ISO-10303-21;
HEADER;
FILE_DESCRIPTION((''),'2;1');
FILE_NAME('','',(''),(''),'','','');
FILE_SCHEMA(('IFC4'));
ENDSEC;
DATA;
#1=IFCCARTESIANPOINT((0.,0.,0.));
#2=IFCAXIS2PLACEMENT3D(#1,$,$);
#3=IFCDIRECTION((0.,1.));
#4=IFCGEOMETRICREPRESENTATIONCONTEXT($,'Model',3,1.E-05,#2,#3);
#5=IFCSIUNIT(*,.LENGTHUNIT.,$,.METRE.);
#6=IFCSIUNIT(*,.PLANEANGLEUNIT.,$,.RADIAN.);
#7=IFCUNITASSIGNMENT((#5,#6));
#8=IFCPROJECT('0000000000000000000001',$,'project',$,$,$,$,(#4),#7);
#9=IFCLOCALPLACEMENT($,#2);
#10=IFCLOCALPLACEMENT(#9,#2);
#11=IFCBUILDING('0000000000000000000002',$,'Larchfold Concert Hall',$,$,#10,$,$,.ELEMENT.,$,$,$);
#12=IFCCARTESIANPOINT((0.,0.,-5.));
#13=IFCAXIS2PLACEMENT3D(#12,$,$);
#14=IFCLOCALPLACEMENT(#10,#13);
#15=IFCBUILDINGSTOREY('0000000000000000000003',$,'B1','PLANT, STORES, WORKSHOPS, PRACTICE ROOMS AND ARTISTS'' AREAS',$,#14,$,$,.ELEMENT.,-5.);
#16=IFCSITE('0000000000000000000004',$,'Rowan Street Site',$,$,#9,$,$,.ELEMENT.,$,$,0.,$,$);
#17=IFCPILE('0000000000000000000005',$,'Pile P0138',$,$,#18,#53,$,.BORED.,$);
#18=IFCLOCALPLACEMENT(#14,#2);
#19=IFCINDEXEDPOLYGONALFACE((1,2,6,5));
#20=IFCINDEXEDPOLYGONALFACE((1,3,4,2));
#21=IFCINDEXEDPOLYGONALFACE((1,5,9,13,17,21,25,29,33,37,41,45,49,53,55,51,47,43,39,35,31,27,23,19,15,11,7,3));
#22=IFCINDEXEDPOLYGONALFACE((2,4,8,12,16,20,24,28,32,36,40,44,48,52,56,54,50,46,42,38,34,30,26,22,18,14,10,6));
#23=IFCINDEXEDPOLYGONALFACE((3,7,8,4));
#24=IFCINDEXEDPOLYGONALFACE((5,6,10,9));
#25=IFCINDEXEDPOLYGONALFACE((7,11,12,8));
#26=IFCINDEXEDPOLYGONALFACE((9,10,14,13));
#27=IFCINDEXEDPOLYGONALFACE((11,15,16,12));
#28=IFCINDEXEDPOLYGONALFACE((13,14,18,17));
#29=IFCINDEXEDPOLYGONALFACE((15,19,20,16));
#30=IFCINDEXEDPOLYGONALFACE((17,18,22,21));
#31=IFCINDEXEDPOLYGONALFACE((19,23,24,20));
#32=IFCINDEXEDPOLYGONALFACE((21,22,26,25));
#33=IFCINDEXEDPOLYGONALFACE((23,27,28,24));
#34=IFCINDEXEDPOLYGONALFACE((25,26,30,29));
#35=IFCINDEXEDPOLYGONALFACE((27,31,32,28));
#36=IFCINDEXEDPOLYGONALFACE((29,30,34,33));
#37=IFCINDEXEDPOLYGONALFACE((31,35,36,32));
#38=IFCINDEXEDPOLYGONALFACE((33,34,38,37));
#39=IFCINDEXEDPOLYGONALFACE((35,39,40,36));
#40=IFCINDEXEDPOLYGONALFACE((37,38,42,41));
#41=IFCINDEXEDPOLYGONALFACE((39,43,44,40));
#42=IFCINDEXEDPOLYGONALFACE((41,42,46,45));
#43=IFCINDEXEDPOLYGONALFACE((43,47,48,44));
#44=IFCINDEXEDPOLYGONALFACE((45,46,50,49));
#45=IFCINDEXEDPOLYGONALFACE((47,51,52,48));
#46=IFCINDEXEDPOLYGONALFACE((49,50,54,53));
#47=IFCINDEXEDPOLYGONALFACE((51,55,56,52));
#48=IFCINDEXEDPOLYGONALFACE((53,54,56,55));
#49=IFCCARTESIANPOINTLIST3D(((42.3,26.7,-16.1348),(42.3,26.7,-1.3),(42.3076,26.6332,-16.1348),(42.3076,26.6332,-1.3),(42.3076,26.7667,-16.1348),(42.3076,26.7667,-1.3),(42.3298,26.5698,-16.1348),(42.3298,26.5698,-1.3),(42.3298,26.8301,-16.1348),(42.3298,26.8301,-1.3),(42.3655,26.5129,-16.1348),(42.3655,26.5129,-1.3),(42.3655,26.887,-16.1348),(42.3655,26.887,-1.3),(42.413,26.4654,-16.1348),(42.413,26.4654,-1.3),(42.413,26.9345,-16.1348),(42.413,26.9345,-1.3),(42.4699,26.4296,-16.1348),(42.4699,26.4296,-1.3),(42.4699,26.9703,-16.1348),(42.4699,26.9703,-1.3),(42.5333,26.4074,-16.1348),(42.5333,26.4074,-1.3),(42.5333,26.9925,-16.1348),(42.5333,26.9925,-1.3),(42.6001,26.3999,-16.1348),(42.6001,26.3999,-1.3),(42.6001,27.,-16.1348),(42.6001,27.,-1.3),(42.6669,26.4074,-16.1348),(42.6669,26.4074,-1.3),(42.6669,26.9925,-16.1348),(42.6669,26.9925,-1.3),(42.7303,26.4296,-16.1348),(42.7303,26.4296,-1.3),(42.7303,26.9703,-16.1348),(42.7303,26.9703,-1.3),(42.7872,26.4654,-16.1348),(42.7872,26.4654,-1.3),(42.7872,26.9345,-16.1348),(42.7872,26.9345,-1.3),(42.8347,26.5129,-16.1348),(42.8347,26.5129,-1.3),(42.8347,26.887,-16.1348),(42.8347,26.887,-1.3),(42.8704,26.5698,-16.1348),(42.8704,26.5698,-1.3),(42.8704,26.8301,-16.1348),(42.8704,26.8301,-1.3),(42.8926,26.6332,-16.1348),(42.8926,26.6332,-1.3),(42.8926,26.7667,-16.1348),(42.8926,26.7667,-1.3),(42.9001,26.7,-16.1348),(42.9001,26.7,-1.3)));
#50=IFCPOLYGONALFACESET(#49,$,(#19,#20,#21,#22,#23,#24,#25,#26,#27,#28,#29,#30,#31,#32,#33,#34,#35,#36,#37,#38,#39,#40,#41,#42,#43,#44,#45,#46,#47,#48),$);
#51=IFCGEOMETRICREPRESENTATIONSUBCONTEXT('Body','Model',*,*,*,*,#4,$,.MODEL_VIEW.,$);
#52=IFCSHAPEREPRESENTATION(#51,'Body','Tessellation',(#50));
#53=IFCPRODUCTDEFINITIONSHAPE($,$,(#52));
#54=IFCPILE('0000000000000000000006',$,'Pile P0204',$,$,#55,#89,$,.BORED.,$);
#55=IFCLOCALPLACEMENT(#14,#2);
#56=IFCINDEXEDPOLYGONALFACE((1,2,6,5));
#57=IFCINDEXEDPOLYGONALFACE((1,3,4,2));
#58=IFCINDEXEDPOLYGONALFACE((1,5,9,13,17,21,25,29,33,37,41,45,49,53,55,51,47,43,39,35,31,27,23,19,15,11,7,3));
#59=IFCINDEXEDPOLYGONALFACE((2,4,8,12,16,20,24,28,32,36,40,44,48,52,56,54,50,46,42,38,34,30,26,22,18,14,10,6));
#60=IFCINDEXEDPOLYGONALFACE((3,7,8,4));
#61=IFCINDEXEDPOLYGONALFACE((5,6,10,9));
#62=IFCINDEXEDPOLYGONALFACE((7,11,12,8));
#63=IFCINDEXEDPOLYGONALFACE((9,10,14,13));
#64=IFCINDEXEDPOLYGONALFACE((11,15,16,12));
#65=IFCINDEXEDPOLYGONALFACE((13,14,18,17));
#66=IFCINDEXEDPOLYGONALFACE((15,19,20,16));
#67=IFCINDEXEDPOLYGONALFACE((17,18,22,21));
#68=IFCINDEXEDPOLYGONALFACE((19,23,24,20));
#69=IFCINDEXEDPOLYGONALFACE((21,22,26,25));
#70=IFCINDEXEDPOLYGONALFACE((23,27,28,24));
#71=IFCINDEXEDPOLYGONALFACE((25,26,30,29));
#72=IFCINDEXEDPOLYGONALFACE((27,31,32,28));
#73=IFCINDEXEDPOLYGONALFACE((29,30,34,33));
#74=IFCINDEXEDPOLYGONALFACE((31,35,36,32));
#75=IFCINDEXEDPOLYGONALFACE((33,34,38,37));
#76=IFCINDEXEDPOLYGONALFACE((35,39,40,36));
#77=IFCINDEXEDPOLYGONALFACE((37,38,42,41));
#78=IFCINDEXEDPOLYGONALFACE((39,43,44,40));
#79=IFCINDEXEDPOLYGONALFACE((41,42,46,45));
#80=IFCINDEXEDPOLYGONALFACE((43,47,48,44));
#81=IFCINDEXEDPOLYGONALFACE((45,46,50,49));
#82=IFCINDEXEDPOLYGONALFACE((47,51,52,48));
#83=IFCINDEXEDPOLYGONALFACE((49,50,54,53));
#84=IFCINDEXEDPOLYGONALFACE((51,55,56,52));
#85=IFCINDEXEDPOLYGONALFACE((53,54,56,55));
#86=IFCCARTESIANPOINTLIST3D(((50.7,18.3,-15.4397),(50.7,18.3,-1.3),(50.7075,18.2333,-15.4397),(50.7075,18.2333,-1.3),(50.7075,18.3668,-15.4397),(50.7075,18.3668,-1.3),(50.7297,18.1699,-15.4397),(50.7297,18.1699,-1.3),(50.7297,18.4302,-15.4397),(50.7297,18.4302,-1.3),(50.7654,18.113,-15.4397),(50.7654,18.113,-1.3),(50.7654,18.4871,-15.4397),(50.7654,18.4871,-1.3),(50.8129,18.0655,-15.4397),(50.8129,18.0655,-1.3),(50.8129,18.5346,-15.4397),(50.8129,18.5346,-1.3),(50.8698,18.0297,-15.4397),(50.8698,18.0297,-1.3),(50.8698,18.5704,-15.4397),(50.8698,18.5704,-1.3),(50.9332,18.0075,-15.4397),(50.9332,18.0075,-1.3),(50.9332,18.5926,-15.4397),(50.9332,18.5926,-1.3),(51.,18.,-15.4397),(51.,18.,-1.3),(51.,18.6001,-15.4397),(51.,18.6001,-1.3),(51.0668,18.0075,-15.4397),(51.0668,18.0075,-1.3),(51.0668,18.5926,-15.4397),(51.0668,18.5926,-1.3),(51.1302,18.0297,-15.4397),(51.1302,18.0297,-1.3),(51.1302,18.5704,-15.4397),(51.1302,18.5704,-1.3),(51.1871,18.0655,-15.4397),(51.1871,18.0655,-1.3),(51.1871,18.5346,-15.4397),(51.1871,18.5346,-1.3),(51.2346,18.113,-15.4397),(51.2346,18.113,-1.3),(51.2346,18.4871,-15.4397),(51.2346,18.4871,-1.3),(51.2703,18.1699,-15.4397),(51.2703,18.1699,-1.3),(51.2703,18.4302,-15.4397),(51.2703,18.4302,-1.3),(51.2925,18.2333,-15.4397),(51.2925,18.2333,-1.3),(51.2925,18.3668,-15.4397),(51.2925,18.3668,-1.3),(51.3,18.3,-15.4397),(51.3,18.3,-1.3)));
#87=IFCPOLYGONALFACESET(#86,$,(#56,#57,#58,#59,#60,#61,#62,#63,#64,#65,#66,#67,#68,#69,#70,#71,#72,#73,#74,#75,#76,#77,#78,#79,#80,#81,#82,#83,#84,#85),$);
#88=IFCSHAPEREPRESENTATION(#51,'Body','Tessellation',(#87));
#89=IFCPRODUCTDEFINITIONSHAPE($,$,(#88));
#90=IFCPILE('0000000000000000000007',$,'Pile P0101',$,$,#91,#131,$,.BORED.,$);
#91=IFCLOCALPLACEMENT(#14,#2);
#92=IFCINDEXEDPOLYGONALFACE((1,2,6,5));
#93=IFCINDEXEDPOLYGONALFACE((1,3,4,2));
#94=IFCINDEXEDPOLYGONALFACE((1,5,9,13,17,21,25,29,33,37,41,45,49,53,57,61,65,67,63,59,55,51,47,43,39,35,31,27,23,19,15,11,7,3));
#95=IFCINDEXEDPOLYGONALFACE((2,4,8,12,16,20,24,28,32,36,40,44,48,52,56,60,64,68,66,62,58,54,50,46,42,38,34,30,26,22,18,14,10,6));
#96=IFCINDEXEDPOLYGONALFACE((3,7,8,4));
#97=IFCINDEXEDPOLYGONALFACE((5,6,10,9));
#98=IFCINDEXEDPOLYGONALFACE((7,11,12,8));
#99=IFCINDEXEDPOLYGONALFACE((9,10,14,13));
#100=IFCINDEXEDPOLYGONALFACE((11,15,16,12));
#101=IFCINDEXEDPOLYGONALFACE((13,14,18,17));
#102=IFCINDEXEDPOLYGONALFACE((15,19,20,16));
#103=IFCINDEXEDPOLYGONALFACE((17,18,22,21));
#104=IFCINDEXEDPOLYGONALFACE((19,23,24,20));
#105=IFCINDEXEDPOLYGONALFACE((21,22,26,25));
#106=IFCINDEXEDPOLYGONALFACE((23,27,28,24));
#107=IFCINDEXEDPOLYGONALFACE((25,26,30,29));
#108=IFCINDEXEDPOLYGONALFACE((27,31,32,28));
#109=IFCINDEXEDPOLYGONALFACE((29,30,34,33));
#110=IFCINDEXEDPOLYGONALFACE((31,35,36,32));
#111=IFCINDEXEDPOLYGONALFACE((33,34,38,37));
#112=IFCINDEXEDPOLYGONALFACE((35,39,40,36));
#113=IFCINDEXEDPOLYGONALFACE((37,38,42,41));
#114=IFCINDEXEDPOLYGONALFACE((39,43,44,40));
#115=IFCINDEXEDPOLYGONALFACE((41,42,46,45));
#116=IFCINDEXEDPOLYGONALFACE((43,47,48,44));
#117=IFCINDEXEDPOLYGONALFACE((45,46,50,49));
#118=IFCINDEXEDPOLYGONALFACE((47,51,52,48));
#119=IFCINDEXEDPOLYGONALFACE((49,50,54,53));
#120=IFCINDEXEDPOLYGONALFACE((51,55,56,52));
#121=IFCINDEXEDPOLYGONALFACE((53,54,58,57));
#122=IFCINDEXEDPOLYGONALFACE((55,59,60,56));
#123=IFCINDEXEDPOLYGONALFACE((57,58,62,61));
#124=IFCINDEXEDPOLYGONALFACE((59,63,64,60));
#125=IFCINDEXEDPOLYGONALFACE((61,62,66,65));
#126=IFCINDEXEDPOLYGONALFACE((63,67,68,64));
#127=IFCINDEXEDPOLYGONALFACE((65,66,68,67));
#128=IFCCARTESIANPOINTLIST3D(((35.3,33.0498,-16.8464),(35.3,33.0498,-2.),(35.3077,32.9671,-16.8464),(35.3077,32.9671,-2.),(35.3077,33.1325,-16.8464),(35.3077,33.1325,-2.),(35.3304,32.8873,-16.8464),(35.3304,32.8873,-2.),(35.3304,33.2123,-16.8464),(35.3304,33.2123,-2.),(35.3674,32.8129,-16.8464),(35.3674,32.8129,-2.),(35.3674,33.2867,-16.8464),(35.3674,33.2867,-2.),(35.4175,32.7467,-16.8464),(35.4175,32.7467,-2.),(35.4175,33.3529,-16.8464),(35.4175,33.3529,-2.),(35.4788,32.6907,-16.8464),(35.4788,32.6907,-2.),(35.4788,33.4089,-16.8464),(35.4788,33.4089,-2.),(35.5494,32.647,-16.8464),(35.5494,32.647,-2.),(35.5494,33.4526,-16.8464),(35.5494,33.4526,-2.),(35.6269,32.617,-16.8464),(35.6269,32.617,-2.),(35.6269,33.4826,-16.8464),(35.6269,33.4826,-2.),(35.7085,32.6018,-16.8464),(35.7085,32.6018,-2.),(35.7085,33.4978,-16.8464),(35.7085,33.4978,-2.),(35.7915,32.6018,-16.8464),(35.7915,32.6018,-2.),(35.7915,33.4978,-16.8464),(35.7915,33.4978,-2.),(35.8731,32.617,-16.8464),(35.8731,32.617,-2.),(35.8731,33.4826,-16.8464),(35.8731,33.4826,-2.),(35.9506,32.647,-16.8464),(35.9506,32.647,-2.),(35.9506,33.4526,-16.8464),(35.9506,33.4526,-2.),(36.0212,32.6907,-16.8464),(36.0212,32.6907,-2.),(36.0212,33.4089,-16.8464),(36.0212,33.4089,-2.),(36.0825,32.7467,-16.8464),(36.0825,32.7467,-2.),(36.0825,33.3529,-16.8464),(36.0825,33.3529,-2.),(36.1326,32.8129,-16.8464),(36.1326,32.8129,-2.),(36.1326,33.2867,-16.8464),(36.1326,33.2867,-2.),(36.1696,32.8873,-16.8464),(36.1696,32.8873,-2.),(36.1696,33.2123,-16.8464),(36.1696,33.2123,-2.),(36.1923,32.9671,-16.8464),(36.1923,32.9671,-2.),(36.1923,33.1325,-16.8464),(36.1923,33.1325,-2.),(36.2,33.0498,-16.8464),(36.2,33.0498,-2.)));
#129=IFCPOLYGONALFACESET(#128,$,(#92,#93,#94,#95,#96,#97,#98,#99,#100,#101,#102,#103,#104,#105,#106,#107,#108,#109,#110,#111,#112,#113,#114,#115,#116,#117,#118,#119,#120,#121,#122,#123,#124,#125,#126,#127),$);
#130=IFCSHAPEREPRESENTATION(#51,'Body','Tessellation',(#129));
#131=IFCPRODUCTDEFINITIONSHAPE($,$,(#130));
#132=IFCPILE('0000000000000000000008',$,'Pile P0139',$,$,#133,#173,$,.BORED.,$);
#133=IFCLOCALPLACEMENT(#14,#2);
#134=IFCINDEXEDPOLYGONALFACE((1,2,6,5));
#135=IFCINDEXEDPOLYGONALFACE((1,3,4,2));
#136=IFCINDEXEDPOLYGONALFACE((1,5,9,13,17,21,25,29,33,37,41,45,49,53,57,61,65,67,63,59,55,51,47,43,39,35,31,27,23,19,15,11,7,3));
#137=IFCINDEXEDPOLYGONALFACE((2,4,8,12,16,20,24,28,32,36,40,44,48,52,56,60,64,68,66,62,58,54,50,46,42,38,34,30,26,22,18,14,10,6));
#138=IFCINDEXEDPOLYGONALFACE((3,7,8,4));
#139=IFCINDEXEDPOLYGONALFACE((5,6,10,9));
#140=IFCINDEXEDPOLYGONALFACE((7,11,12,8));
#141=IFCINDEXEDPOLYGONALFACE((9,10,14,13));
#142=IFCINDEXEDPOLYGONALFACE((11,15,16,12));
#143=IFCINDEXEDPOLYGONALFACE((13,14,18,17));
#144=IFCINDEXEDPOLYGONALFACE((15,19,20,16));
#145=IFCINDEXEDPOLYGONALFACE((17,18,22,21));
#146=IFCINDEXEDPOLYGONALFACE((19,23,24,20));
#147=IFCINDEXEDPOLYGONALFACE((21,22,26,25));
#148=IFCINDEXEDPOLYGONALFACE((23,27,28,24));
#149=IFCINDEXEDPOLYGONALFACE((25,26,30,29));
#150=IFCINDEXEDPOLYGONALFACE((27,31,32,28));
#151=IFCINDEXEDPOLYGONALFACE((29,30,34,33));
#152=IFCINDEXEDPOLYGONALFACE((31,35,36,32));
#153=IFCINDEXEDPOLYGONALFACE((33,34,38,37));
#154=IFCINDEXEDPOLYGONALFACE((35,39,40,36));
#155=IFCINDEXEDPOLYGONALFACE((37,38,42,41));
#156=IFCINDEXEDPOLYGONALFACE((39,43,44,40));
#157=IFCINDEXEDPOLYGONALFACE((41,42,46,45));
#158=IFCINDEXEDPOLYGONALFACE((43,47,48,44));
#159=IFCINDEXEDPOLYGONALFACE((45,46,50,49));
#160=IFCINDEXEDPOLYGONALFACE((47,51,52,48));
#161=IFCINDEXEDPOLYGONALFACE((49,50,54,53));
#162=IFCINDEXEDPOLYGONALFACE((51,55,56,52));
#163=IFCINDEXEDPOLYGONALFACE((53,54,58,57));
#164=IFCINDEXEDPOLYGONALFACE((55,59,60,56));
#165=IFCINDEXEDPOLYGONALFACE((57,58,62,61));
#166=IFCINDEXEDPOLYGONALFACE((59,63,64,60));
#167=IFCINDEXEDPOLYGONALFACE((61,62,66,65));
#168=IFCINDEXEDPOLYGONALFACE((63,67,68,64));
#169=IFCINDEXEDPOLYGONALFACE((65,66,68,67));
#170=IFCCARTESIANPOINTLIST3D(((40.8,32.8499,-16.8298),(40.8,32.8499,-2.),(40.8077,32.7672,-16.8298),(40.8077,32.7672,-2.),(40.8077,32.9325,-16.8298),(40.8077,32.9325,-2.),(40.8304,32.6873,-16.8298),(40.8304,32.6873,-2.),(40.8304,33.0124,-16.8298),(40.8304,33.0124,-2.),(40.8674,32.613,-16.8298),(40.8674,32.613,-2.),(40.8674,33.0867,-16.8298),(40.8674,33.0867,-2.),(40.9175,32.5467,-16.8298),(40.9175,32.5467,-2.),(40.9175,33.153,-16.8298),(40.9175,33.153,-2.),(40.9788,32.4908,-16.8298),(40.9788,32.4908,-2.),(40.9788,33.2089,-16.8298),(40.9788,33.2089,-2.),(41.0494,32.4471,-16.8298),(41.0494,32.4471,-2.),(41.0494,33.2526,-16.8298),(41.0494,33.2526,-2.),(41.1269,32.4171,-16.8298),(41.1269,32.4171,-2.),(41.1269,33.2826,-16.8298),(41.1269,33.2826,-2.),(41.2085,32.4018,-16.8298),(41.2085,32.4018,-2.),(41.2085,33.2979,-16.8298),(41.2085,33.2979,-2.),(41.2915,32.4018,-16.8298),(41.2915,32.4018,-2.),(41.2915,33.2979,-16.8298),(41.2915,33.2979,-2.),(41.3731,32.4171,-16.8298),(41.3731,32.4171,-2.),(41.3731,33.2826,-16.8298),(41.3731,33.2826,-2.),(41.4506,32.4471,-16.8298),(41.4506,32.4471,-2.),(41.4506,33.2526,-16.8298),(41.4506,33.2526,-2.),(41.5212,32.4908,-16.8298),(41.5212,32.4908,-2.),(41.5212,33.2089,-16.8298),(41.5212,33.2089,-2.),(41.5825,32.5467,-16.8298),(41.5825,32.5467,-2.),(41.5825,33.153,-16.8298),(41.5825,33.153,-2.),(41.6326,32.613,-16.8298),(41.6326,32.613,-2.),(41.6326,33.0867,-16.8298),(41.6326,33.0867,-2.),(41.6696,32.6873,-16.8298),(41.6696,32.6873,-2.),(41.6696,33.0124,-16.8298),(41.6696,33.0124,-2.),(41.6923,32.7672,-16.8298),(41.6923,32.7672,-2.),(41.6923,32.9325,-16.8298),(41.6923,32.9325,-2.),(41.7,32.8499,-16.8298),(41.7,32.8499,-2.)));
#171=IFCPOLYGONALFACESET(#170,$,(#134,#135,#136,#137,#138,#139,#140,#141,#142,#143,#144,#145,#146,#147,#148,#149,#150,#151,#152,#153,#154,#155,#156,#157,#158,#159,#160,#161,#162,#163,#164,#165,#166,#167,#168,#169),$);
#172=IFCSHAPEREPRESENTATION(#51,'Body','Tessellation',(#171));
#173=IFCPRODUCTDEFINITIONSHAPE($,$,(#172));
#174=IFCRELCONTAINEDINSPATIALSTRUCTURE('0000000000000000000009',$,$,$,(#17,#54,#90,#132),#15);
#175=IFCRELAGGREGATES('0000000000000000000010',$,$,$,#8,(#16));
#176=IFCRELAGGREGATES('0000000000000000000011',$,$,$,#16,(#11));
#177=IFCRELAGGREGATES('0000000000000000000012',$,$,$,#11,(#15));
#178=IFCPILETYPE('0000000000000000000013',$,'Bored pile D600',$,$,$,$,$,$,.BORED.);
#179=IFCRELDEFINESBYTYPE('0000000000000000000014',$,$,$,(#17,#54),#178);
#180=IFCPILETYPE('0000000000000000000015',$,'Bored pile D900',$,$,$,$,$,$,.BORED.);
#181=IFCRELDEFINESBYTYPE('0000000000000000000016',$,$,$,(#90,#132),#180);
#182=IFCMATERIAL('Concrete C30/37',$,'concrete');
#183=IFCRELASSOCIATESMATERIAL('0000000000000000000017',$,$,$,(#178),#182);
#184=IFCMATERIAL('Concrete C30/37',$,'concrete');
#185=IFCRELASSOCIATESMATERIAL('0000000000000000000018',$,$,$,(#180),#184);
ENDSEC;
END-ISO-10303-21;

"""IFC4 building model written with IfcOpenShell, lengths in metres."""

from ifc_helpers import new_model, si_unit, direction, frame, origin, origin_2d, place, context, subcontext, project, spatial, circle, extrude, material, material_profile, profile_set, type_object, element, save


model = new_model("IFC4")

# Units and contexts
model_context = context("Model", 3, precision=1e-05, world=origin(), true_north=direction((0.0, 1.0)))
body_context = subcontext(model_context, "Body", "Model", "MODEL_VIEW")
ifc_project = project(units=[si_unit("LENGTHUNIT", "METRE"), si_unit("PLANEANGLEUNIT", "RADIAN")], contexts=[model_context])

# Site, building, storey
site_placement = place(None, origin())
site = spatial("IfcSite", under=ifc_project, at=site_placement, Name="Rowan Street Site", CompositionType="ELEMENT", RefElevation=0.0)
building_placement = place(site_placement, origin())
building = spatial("IfcBuilding", under=site, at=building_placement, Name="Larchfold Concert Hall", CompositionType="ELEMENT")
storey_placement = place(building_placement, frame((0.0, 0.0, -5.0)))
storey = spatial("IfcBuildingStorey", under=building, at=storey_placement, Name="B1", Description="PLANT, STORES, WORKSHOPS, PRACTICE ROOMS AND ARTISTS' AREAS", CompositionType="ELEMENT", Elevation=-5.0)

# Piles
ifc_material_1 = material(Name="Concrete C30/37", Category="concrete")
ifc_material_profile_1 = material_profile(ifc_material_1, circle(Radius=0.3, at=origin_2d()))
ifc_profile_set_1 = profile_set([ifc_material_profile_1], Name="Concrete C30/37")
pile_type_1 = type_object("IfcPileType", Name="Bored pile D600", PredefinedType="BORED", material=ifc_profile_set_1)
for number, where, z_axis, x_axis, name in (
    (1, (42.6001, 26.7, -1.3), (0.0, 0.0, -1.0), (1.0, 0.0, 0.0), "Pile P0138"),
):
    element("IfcPile", number, at=place(storey_placement, frame(where, z_axis=z_axis, x_axis=x_axis)), inside=storey, type_object=pile_type_1, Name=name, PredefinedType="BORED", context=body_context, shape_type="SweptSolid", body=[
        extrude(circle(Radius=0.3, at=origin_2d()), origin(), (0.0, 0.0, 1.0), 14.8347),
    ])
pile_1_placement = place(storey_placement, frame((51.0, 18.3, -1.3), z_axis=(0.0, 0.0, -1.0), x_axis=(1.0, 0.0, 0.0)))
element("IfcPile", 2, at=pile_1_placement, inside=storey, type_object=pile_type_1, Name="Pile P0204", PredefinedType="BORED", context=body_context, shape_type="SweptSolid", body=[
    extrude(circle(Radius=0.3, at=origin_2d()), origin(), (0.0, 0.0, 1.0), 14.1396),
])
ifc_material_2 = material(Name="Concrete C30/37", Category="concrete")
ifc_material_profile_2 = material_profile(ifc_material_2, circle(Radius=0.45, at=origin_2d()))
ifc_profile_set_2 = profile_set([ifc_material_profile_2], Name="Concrete C30/37")
pile_type_2 = type_object("IfcPileType", Name="Bored pile D900", PredefinedType="BORED", material=ifc_profile_set_2)
pile_2_placement = place(storey_placement, frame((35.75, 33.0498, -2.0), z_axis=(0.0, 0.0, -1.0), x_axis=(1.0, 0.0, 0.0)))
element("IfcPile", 3, at=pile_2_placement, inside=storey, type_object=pile_type_2, Name="Pile P0101", PredefinedType="BORED", context=body_context, shape_type="SweptSolid", body=[
    extrude(circle(Radius=0.45, at=origin_2d()), origin(), (0.0, 0.0, 1.0), 14.8464),
])
for number, where, z_axis, x_axis, name in (
    (4, (41.25, 32.8499, -2.0), (0.0, 0.0, -1.0), (1.0, 0.0, 0.0), "Pile P0139"),
):
    element("IfcPile", number, at=place(storey_placement, frame(where, z_axis=z_axis, x_axis=x_axis)), inside=storey, type_object=pile_type_2, Name=name, PredefinedType="BORED", context=body_context, shape_type="SweptSolid", body=[
        extrude(circle(Radius=0.45, at=origin_2d()), origin(), (0.0, 0.0, 1.0), 14.8298),
    ])

save(model, "model.ifc")
